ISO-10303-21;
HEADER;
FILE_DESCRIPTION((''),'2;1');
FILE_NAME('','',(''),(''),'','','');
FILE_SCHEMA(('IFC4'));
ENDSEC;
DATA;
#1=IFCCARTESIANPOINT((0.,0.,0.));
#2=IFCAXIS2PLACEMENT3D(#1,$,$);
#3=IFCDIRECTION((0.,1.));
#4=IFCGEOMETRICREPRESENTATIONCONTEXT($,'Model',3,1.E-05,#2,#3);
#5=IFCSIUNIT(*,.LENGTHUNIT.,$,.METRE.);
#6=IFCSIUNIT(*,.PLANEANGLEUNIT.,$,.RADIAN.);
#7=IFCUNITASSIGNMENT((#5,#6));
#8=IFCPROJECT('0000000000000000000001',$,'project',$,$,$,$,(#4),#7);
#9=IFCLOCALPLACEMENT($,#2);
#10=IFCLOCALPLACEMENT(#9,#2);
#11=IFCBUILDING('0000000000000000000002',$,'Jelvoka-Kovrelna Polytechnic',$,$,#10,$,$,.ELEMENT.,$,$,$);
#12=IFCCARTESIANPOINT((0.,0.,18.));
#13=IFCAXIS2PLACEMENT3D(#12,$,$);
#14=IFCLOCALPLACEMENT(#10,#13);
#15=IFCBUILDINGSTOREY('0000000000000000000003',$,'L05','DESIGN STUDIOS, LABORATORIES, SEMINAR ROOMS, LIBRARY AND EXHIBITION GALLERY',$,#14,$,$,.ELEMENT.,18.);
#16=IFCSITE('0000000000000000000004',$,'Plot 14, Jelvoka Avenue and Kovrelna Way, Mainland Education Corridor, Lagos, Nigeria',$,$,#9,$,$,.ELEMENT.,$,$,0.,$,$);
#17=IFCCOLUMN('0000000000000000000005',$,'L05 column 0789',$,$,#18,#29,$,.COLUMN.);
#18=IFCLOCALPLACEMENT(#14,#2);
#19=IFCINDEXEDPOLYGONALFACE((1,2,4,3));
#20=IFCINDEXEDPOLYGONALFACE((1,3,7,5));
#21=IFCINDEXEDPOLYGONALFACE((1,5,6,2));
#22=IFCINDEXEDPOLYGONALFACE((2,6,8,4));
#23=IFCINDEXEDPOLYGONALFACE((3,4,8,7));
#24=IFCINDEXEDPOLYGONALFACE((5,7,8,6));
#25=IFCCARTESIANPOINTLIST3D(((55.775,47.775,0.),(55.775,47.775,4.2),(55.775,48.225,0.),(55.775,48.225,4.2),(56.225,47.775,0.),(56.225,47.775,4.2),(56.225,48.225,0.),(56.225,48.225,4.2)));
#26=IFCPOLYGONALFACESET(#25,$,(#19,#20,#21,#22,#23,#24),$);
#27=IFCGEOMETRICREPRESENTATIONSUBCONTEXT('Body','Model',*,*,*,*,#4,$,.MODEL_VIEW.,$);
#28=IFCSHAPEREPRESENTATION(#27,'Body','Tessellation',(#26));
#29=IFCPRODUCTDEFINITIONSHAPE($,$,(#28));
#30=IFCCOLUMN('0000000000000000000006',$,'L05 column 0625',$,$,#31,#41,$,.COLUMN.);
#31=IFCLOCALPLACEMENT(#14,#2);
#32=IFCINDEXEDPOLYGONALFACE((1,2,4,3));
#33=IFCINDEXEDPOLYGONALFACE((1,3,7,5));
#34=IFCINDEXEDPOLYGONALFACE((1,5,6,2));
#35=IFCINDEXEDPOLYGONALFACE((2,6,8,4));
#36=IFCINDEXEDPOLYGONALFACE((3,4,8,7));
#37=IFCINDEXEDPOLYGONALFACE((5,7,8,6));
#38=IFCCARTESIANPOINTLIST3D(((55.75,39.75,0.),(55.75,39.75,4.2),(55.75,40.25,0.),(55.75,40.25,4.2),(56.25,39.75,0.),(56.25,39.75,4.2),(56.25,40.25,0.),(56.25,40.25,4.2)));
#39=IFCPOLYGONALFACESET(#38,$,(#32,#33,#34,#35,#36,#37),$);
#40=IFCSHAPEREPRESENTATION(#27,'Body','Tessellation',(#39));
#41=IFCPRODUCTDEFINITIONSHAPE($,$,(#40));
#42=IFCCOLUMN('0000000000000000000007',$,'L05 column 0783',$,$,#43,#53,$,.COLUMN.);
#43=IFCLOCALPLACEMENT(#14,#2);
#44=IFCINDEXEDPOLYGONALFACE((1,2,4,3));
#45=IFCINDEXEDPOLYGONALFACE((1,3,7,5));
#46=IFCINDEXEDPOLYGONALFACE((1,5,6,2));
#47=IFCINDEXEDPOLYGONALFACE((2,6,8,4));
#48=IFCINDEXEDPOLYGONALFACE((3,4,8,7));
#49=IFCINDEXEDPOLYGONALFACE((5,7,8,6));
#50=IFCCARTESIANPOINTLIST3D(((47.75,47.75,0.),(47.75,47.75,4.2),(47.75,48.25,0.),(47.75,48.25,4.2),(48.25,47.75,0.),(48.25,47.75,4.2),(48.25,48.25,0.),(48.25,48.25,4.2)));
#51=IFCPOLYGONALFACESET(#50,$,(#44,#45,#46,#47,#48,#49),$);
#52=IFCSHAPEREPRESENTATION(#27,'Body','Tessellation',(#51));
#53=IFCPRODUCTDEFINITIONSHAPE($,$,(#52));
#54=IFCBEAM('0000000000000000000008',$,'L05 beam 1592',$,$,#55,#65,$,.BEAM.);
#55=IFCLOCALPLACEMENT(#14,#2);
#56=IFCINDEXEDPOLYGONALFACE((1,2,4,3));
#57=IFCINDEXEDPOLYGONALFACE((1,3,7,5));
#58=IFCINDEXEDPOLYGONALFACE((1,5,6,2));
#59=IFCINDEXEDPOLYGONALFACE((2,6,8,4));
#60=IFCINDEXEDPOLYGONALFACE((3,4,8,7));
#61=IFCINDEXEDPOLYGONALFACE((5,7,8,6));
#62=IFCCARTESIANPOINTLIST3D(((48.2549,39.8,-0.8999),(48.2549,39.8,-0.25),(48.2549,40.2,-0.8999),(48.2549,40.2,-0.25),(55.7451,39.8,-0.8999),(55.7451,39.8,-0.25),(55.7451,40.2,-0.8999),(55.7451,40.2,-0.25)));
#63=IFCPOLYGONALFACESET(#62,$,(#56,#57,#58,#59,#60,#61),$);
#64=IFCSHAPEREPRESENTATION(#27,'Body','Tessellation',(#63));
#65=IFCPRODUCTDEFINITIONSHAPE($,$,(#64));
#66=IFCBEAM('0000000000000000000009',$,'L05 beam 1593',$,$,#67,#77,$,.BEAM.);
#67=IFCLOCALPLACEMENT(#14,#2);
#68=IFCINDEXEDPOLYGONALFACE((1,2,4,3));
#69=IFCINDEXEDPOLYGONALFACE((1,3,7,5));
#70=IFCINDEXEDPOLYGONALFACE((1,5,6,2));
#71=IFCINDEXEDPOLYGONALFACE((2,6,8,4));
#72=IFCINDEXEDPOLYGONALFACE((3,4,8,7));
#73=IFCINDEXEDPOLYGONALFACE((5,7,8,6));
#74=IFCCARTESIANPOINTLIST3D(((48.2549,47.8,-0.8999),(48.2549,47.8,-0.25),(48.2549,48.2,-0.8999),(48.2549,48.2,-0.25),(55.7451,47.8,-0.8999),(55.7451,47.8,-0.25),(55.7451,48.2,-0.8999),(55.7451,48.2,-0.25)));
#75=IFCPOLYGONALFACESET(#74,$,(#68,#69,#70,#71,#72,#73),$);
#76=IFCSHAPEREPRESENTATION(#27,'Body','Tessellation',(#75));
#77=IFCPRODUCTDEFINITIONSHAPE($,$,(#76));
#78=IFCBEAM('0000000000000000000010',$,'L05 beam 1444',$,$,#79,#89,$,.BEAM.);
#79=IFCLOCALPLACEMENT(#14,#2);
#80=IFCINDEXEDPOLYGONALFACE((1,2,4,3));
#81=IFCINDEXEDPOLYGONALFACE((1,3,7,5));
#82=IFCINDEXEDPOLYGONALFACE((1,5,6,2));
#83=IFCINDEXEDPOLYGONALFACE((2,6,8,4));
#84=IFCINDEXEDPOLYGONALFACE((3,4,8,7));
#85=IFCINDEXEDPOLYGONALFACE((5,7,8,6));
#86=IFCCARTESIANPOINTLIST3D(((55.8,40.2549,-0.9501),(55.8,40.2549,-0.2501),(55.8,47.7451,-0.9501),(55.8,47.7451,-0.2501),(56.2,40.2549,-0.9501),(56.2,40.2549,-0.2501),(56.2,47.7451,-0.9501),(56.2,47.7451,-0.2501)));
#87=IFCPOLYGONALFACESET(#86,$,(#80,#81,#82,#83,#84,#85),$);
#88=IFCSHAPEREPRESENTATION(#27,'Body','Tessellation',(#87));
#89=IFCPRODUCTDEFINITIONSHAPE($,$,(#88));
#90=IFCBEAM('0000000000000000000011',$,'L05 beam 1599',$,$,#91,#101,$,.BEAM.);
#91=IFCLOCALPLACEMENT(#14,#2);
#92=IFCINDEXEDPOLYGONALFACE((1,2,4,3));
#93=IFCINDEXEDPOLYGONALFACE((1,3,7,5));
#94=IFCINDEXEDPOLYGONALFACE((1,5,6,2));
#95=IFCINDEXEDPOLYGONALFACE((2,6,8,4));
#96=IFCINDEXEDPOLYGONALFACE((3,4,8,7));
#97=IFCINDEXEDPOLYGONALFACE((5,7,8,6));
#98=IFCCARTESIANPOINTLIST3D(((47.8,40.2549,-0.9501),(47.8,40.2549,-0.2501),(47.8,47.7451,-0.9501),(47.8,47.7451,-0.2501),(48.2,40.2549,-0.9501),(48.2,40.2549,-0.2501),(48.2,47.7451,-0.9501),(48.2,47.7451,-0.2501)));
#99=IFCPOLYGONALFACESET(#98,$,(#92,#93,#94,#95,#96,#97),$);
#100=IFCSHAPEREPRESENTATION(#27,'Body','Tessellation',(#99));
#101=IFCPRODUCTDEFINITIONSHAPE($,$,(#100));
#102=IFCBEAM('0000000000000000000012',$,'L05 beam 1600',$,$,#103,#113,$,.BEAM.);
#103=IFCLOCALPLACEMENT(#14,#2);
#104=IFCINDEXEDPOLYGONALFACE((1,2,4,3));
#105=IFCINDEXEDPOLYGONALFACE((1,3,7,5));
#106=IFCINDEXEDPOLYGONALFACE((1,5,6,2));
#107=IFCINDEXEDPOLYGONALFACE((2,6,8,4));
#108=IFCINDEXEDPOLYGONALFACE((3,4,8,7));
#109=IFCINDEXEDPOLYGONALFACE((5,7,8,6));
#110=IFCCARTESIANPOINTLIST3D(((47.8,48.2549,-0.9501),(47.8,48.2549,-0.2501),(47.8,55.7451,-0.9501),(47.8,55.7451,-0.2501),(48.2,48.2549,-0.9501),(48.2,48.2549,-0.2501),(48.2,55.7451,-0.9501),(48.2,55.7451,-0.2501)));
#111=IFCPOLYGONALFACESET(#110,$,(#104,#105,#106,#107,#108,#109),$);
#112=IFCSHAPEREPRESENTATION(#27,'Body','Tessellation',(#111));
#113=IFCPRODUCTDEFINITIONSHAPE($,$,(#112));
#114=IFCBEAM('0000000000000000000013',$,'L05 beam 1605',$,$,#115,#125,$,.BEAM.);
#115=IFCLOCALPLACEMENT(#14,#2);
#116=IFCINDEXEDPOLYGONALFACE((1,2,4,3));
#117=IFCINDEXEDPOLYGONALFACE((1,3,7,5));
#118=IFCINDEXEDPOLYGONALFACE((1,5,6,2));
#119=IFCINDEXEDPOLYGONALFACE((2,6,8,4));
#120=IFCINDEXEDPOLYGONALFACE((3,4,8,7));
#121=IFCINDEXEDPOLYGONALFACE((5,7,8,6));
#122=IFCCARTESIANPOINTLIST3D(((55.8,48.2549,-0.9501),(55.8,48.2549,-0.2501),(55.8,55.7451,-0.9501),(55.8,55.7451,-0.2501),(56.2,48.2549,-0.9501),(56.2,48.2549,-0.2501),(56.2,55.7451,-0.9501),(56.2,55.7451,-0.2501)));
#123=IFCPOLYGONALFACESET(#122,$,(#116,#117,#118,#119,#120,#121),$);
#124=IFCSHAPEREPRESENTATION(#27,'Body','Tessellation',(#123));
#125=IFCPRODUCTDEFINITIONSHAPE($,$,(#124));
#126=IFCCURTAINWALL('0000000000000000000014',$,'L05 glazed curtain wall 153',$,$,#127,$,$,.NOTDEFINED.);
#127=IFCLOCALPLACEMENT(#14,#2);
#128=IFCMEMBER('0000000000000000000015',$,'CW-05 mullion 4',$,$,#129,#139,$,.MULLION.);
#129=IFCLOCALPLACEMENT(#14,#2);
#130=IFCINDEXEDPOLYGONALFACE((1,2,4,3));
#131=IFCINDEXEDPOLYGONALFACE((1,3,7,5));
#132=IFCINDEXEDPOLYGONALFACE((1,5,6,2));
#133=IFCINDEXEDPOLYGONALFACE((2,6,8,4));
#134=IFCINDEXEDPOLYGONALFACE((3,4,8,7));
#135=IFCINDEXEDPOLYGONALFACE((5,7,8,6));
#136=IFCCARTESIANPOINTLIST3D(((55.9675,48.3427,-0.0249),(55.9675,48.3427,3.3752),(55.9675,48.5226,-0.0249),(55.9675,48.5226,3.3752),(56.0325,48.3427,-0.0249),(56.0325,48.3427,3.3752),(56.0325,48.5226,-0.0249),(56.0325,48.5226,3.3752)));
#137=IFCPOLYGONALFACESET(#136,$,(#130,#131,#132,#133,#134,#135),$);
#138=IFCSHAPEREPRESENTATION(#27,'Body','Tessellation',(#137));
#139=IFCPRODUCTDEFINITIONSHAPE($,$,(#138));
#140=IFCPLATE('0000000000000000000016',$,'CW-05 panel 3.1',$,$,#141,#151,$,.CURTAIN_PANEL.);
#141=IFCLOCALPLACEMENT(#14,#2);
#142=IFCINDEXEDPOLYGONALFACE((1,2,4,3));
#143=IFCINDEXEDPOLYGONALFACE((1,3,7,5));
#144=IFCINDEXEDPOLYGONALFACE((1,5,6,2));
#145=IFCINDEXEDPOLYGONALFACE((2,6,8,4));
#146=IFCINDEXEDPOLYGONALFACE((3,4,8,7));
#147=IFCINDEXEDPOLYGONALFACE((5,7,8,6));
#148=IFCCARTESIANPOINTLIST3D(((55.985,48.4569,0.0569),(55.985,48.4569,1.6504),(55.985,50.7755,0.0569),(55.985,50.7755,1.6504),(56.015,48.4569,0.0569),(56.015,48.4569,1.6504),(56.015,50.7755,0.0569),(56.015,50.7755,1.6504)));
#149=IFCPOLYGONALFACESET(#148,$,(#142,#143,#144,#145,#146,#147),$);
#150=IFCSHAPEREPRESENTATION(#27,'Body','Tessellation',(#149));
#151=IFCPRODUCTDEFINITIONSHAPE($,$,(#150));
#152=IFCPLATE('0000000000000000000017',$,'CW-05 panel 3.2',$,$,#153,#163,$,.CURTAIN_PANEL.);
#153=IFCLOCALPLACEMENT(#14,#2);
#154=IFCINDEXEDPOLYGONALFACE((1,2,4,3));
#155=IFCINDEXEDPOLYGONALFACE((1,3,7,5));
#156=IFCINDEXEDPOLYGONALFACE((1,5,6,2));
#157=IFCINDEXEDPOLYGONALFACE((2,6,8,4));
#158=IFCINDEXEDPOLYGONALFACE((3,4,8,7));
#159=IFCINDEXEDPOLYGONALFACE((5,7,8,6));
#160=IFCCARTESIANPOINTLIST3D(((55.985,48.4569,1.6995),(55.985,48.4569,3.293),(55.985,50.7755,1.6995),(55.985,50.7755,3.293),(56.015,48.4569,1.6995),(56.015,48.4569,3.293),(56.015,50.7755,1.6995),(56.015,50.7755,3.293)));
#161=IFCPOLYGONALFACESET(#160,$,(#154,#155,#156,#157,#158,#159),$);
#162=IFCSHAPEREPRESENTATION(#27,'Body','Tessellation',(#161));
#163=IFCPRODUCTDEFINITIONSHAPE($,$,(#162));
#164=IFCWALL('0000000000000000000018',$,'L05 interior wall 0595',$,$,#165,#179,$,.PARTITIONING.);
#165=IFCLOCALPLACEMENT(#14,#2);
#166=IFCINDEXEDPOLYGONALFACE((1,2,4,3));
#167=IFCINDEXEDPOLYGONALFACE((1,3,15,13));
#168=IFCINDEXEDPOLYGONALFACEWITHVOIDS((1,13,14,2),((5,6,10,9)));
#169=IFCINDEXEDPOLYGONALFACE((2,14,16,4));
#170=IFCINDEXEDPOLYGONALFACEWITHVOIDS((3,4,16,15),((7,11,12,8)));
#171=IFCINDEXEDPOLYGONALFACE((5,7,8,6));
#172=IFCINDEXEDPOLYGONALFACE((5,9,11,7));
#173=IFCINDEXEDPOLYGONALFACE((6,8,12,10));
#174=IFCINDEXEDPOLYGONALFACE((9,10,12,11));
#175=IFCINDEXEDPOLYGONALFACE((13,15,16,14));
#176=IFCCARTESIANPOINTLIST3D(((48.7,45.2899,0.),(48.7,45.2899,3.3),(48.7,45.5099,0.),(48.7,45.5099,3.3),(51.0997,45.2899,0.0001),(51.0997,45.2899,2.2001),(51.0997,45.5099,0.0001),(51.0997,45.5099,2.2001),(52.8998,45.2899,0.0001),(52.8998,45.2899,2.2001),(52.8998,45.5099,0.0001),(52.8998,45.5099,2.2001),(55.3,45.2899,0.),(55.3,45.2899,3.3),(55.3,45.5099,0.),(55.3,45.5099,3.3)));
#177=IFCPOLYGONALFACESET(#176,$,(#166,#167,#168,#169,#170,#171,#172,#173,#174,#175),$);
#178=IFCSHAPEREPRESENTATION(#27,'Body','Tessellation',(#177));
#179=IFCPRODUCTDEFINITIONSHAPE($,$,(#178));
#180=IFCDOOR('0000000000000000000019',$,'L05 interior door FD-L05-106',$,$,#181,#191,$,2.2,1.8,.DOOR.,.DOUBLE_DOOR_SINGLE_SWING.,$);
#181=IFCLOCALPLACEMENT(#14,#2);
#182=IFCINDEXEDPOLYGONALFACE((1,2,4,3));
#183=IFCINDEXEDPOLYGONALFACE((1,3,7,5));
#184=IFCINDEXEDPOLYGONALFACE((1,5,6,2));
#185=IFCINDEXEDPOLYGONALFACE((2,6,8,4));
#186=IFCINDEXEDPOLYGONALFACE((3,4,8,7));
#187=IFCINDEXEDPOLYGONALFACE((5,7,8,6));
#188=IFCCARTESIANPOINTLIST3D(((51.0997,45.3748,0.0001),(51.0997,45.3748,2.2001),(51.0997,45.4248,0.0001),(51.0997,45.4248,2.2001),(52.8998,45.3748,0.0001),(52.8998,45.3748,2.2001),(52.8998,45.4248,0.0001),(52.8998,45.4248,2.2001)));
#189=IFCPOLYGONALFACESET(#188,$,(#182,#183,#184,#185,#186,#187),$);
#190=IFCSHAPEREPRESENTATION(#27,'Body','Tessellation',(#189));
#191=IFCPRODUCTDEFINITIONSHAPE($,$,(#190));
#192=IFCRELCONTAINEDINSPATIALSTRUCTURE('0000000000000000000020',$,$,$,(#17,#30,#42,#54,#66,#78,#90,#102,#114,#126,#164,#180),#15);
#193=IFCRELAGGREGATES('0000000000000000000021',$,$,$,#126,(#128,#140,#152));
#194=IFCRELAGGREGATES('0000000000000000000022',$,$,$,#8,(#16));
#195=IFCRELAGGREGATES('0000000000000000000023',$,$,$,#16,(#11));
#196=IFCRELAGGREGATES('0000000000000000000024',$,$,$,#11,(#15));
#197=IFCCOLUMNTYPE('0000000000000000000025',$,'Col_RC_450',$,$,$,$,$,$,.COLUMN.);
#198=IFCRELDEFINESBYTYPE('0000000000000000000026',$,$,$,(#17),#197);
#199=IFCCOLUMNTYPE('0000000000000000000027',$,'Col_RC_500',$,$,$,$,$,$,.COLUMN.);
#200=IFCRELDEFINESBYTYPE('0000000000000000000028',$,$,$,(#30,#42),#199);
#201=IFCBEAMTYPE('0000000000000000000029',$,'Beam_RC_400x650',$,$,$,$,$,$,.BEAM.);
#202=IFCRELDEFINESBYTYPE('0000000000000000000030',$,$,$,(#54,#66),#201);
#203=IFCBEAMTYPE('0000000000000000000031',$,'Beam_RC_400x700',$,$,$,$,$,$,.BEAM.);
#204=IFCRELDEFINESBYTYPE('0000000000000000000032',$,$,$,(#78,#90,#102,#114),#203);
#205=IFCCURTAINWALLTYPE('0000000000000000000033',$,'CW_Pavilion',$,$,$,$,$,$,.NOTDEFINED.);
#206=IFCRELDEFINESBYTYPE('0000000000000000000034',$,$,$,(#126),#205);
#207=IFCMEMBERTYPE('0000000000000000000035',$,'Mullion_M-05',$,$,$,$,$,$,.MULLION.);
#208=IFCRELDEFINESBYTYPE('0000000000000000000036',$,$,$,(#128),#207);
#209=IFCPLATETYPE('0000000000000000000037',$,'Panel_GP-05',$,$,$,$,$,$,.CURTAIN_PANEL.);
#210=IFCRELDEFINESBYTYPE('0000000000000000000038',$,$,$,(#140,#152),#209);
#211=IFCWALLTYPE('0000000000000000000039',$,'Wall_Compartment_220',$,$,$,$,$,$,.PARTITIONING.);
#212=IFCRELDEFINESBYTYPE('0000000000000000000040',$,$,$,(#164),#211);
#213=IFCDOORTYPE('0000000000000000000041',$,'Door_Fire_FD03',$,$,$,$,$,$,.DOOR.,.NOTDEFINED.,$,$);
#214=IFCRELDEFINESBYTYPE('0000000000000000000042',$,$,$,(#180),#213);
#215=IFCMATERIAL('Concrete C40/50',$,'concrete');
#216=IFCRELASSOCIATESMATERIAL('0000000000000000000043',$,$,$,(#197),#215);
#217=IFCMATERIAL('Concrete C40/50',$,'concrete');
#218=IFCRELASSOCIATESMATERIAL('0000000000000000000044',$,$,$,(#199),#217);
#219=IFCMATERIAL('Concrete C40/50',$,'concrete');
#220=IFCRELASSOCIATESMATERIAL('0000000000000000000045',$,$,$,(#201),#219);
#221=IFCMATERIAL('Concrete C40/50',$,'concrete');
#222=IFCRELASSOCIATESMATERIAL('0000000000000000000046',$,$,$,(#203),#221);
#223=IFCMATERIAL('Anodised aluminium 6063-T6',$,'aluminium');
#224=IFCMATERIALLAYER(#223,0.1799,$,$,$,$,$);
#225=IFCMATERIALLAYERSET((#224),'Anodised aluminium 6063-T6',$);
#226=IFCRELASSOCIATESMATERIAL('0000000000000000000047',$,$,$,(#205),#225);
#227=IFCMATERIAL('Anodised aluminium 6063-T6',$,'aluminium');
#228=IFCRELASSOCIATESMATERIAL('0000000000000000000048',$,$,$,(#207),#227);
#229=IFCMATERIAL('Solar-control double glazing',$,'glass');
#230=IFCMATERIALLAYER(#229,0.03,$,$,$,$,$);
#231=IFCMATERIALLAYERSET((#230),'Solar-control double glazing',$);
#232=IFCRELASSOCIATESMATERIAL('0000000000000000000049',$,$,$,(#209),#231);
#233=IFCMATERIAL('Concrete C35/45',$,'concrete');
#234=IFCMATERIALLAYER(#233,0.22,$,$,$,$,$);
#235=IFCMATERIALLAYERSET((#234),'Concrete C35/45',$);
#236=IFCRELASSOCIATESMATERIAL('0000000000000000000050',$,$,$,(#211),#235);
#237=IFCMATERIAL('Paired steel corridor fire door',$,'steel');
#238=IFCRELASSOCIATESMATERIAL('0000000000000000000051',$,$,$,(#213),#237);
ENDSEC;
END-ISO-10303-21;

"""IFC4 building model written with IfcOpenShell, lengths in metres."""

from ifc_helpers import new_model, si_unit, direction, frame, frame_2d, origin, origin_2d, place, context, subcontext, project, spatial, rectangle, extrude, material, layer, layer_set, material_profile, profile_set, type_object, element, fill, aggregate, save


model = new_model("IFC4")

# Units and contexts
model_context = context("Model", 3, precision=1e-05, world=origin(), true_north=direction((0.0, 1.0)))
body_context = subcontext(model_context, "Body", "Model", "MODEL_VIEW")
ifc_project = project(units=[si_unit("LENGTHUNIT", "METRE"), si_unit("PLANEANGLEUNIT", "RADIAN")], contexts=[model_context])

# Site, building, storey
site_placement = place(None, origin())
site = spatial("IfcSite", under=ifc_project, at=site_placement, Name="Plot 14, Jelvoka Avenue and Kovrelna Way, Mainland Education Corridor, Lagos, Nigeria", CompositionType="ELEMENT", RefElevation=0.0)
building_placement = place(site_placement, origin())
building = spatial("IfcBuilding", under=site, at=building_placement, Name="Jelvoka-Kovrelna Polytechnic", CompositionType="ELEMENT")
storey_placement = place(building_placement, frame((0.0, 0.0, 18.0)))
storey = spatial("IfcBuildingStorey", under=building, at=storey_placement, Name="L05", Description="DESIGN STUDIOS, LABORATORIES, SEMINAR ROOMS, LIBRARY AND EXHIBITION GALLERY", CompositionType="ELEMENT", Elevation=18.0)

# Columns
ifc_material_1 = material(Name="Concrete C40/50", Category="concrete")
ifc_material_profile_1 = material_profile(ifc_material_1, rectangle(XDim=0.45, YDim=0.45, at=origin_2d()), Name="RC 450x450")
ifc_profile_set_1 = profile_set([ifc_material_profile_1], Name="Concrete C40/50")
column_type_1 = type_object("IfcColumnType", Name="Col_RC_450", PredefinedType="COLUMN", material=ifc_profile_set_1)
column_placement = place(storey_placement, frame((56.0, 48.0, 0.0), z_axis=(0.0, 0.0, 1.0), x_axis=(1.0, 0.0, 0.0)))
element("IfcColumn", 1, at=column_placement, inside=storey, type_object=column_type_1, Name="L05 column 0789", PredefinedType="COLUMN", context=body_context, shape_type="SweptSolid", body=[
    extrude(rectangle(XDim=0.45, YDim=0.45, at=origin_2d()), origin(), (0.0, 0.0, 1.0), 4.2),
])
ifc_material_2 = material(Name="Concrete C40/50", Category="concrete")
ifc_material_profile_2 = material_profile(ifc_material_2, rectangle(XDim=0.5, YDim=0.5, at=origin_2d()), Name="RC 500x500")
ifc_profile_set_2 = profile_set([ifc_material_profile_2], Name="Concrete C40/50")
column_type_2 = type_object("IfcColumnType", Name="Col_RC_500", PredefinedType="COLUMN", material=ifc_profile_set_2)
for number, where, z_axis, x_axis, name in (
    (2, (56.0, 40.0, 0.0), (0.0, 0.0, 1.0), (1.0, 0.0, 0.0), "L05 column 0625"),
    (3, (48.0, 48.0, 0.0), (0.0, 0.0, 1.0), (1.0, 0.0, 0.0), "L05 column 0783"),
):
    element("IfcColumn", number, at=place(storey_placement, frame(where, z_axis=z_axis, x_axis=x_axis)), inside=storey, type_object=column_type_2, Name=name, PredefinedType="COLUMN", context=body_context, shape_type="SweptSolid", body=[
        extrude(rectangle(XDim=0.5, YDim=0.5, at=origin_2d()), origin(), (0.0, 0.0, 1.0), 4.2),
    ])

# Beams
ifc_material_3 = material(Name="Concrete C40/50", Category="concrete")
ifc_material_profile_3 = material_profile(ifc_material_3, rectangle(XDim=0.3999, YDim=0.6499, at=origin_2d()), Name="RC 400x650")
ifc_profile_set_3 = profile_set([ifc_material_profile_3], Name="Concrete C40/50")
beam_type_1 = type_object("IfcBeamType", Name="Beam_RC_400x650", PredefinedType="BEAM", material=ifc_profile_set_3)
for number, where, z_axis, x_axis, name in (
    (4, (48.2549, 40.0, -0.575), (1.0, 0.0, 0.0), (0.0, 1.0, 0.0), "L05 beam 1592"),
    (5, (48.2549, 48.0, -0.575), (1.0, 0.0, 0.0), (0.0, 1.0, 0.0), "L05 beam 1593"),
):
    element("IfcBeam", number, at=place(storey_placement, frame(where, z_axis=z_axis, x_axis=x_axis)), inside=storey, type_object=beam_type_1, Name=name, PredefinedType="BEAM", context=body_context, shape_type="SweptSolid", body=[
        extrude(rectangle(XDim=0.3999, YDim=0.6499, at=origin_2d()), origin(), (0.0, 0.0, 1.0), 7.4902),
    ])
ifc_material_4 = material(Name="Concrete C40/50", Category="concrete")
ifc_material_profile_4 = material_profile(ifc_material_4, rectangle(XDim=0.3999, YDim=0.7, at=origin_2d()), Name="RC 400x700")
ifc_profile_set_4 = profile_set([ifc_material_profile_4], Name="Concrete C40/50")
beam_type_2 = type_object("IfcBeamType", Name="Beam_RC_400x700", PredefinedType="BEAM", material=ifc_profile_set_4)
for number, where, z_axis, x_axis, name in (
    (6, (56.0, 40.2549, -0.6001), (0.0, 1.0, 0.0), (-1.0, 0.0, 0.0), "L05 beam 1444"),
    (7, (48.0, 40.2549, -0.6001), (0.0, 1.0, 0.0), (-1.0, 0.0, 0.0), "L05 beam 1599"),
    (8, (48.0, 48.2549, -0.6001), (0.0, 1.0, 0.0), (-1.0, 0.0, 0.0), "L05 beam 1600"),
    (9, (56.0, 48.2549, -0.6001), (0.0, 1.0, 0.0), (-1.0, 0.0, 0.0), "L05 beam 1605"),
):
    element("IfcBeam", number, at=place(storey_placement, frame(where, z_axis=z_axis, x_axis=x_axis)), inside=storey, type_object=beam_type_2, Name=name, PredefinedType="BEAM", context=body_context, shape_type="SweptSolid", body=[
        extrude(rectangle(XDim=0.3999, YDim=0.7, at=origin_2d()), origin(), (0.0, 0.0, 1.0), 7.4902),
    ])

# Curtain wall, member, plates
ifc_material_5 = material(Name="Anodised aluminium 6063-T6", Category="aluminium")
ifc_layer_1 = layer(ifc_material_5, 0.1799)
ifc_layer_set_1 = layer_set([ifc_layer_1], Name="Anodised aluminium 6063-T6")
curtain_wall_type = type_object("IfcCurtainWallType", Name="CW_Pavilion", PredefinedType="NOTDEFINED", material=ifc_layer_set_1)
curtain_wall_placement = place(storey_placement, origin())
curtain_wall = element("IfcCurtainWall", 10, at=curtain_wall_placement, inside=storey, type_object=curtain_wall_type, Name="L05 glazed curtain wall 153", PredefinedType="NOTDEFINED")
ifc_material_6 = material(Name="Anodised aluminium 6063-T6", Category="aluminium")
ifc_material_profile_5 = material_profile(ifc_material_6, rectangle(XDim=0.0649, YDim=0.1799, at=origin_2d()), Name="ALU 65x180")
ifc_profile_set_5 = profile_set([ifc_material_profile_5], Name="Anodised aluminium 6063-T6")
member_type = type_object("IfcMemberType", Name="Mullion_M-05", PredefinedType="MULLION", material=ifc_profile_set_5)
member_placement = place(storey_placement, frame((56.0, 48.4326, -0.0249), z_axis=(0.0, 0.0, 1.0), x_axis=(1.0, 0.0, 0.0)))
member = element("IfcMember", 11, at=member_placement, type_object=member_type, Name="CW-05 mullion 4", PredefinedType="MULLION", context=body_context, shape_type="SweptSolid", body=[
    extrude(rectangle(XDim=0.0649, YDim=0.1799, at=origin_2d()), origin(), (0.0, 0.0, 1.0), 3.4001),
])
ifc_material_7 = material(Name="Solar-control double glazing", Category="glass")
ifc_layer_2 = layer(ifc_material_7, 0.03)
ifc_layer_set_2 = layer_set([ifc_layer_2], Name="Solar-control double glazing")
plate_type = type_object("IfcPlateType", Name="Panel_GP-05", PredefinedType="CURTAIN_PANEL", material=ifc_layer_set_2)
plate_1_placement = place(storey_placement, frame((56.0, 49.6162, 0.0569), z_axis=(0.0, 0.0, 1.0), x_axis=(0.0, -1.0, 0.0)))
plate_1 = element("IfcPlate", 12, at=plate_1_placement, type_object=plate_type, Name="CW-05 panel 3.1", PredefinedType="CURTAIN_PANEL", context=body_context, shape_type="SweptSolid", body=[
    extrude(rectangle(XDim=2.3186, YDim=0.03, at=origin_2d()), origin(), (0.0, 0.0, 1.0), 1.5935),
])
plate_2_placement = place(storey_placement, frame((56.0, 49.6162, 1.6995), z_axis=(0.0, 0.0, 1.0), x_axis=(0.0, -1.0, 0.0)))
plate_2 = element("IfcPlate", 13, at=plate_2_placement, type_object=plate_type, Name="CW-05 panel 3.2", PredefinedType="CURTAIN_PANEL", context=body_context, shape_type="SweptSolid", body=[
    extrude(rectangle(XDim=2.3186, YDim=0.03, at=origin_2d()), origin(), (0.0, 0.0, 1.0), 1.5935),
])
aggregate(curtain_wall, [member, plate_1, plate_2])

# Wall, opening, door
ifc_material_8 = material(Name="Concrete C35/45", Category="concrete")
ifc_layer_3 = layer(ifc_material_8, 0.22)
ifc_layer_set_3 = layer_set([ifc_layer_3], Name="Concrete C35/45")
wall_type_1 = type_object("IfcWallType", Name="Wall_Compartment_220", PredefinedType="PARTITIONING", material=ifc_layer_set_3)
wall_1_placement = place(storey_placement, frame((48.7, 45.3999, 0.0), z_axis=(0.0, 0.0, 1.0), x_axis=(1.0, 0.0, 0.0)))
wall_1 = element("IfcWall", 14, at=wall_1_placement, inside=storey, type_object=wall_type_1, Name="L05 interior wall 0595", PredefinedType="PARTITIONING", context=body_context, shape_type="SweptSolid", body=[
    extrude(rectangle(XDim=6.6001, YDim=0.22, at=frame_2d((3.3, 0.0))), origin(), (0.0, 0.0, 1.0), 3.3),
])
opening_1_placement = place(wall_1_placement, frame((2.3999, 0.0, 0.0)))
opening_1 = element("IfcOpeningElement", 15, at=opening_1_placement, cuts=wall_1, PredefinedType="OPENING", context=body_context, shape_type="SweptSolid", body=[
    extrude(rectangle(XDim=1.8, YDim=2.2, at=frame_2d((0.8999, 1.1001))), frame((0.0, 0.1199, 0.0), z_axis=(0.0, -1.0, 0.0), x_axis=(1.0, 0.0, 0.0)), (0.0, 0.0, 1.0), 0.24),
])
ifc_material_9 = material(Name="Paired steel corridor fire door", Category="steel")
door_type_1 = type_object("IfcDoorType", Name="Door_Fire_FD03", OperationType="NOTDEFINED", PredefinedType="DOOR", material=ifc_material_9)
door_1_placement = place(opening_1_placement, origin())
door_1 = element("IfcDoor", 16, at=door_1_placement, inside=storey, type_object=door_type_1, Name="L05 interior door FD-L05-106", OperationType="DOUBLE_DOOR_SINGLE_SWING", OverallHeight=2.2, OverallWidth=1.8, PredefinedType="DOOR", context=body_context, shape_type="SweptSolid", body=[
    extrude(rectangle(XDim=1.8, YDim=2.2, at=frame_2d((0.8999, 1.1001))), frame((0.0, 0.0249, 0.0), z_axis=(0.0, -1.0, 0.0), x_axis=(1.0, 0.0, 0.0)), (0.0, 0.0, 1.0), 0.05),
])
fill(opening_1, door_1)

save(model, "model.ifc")
